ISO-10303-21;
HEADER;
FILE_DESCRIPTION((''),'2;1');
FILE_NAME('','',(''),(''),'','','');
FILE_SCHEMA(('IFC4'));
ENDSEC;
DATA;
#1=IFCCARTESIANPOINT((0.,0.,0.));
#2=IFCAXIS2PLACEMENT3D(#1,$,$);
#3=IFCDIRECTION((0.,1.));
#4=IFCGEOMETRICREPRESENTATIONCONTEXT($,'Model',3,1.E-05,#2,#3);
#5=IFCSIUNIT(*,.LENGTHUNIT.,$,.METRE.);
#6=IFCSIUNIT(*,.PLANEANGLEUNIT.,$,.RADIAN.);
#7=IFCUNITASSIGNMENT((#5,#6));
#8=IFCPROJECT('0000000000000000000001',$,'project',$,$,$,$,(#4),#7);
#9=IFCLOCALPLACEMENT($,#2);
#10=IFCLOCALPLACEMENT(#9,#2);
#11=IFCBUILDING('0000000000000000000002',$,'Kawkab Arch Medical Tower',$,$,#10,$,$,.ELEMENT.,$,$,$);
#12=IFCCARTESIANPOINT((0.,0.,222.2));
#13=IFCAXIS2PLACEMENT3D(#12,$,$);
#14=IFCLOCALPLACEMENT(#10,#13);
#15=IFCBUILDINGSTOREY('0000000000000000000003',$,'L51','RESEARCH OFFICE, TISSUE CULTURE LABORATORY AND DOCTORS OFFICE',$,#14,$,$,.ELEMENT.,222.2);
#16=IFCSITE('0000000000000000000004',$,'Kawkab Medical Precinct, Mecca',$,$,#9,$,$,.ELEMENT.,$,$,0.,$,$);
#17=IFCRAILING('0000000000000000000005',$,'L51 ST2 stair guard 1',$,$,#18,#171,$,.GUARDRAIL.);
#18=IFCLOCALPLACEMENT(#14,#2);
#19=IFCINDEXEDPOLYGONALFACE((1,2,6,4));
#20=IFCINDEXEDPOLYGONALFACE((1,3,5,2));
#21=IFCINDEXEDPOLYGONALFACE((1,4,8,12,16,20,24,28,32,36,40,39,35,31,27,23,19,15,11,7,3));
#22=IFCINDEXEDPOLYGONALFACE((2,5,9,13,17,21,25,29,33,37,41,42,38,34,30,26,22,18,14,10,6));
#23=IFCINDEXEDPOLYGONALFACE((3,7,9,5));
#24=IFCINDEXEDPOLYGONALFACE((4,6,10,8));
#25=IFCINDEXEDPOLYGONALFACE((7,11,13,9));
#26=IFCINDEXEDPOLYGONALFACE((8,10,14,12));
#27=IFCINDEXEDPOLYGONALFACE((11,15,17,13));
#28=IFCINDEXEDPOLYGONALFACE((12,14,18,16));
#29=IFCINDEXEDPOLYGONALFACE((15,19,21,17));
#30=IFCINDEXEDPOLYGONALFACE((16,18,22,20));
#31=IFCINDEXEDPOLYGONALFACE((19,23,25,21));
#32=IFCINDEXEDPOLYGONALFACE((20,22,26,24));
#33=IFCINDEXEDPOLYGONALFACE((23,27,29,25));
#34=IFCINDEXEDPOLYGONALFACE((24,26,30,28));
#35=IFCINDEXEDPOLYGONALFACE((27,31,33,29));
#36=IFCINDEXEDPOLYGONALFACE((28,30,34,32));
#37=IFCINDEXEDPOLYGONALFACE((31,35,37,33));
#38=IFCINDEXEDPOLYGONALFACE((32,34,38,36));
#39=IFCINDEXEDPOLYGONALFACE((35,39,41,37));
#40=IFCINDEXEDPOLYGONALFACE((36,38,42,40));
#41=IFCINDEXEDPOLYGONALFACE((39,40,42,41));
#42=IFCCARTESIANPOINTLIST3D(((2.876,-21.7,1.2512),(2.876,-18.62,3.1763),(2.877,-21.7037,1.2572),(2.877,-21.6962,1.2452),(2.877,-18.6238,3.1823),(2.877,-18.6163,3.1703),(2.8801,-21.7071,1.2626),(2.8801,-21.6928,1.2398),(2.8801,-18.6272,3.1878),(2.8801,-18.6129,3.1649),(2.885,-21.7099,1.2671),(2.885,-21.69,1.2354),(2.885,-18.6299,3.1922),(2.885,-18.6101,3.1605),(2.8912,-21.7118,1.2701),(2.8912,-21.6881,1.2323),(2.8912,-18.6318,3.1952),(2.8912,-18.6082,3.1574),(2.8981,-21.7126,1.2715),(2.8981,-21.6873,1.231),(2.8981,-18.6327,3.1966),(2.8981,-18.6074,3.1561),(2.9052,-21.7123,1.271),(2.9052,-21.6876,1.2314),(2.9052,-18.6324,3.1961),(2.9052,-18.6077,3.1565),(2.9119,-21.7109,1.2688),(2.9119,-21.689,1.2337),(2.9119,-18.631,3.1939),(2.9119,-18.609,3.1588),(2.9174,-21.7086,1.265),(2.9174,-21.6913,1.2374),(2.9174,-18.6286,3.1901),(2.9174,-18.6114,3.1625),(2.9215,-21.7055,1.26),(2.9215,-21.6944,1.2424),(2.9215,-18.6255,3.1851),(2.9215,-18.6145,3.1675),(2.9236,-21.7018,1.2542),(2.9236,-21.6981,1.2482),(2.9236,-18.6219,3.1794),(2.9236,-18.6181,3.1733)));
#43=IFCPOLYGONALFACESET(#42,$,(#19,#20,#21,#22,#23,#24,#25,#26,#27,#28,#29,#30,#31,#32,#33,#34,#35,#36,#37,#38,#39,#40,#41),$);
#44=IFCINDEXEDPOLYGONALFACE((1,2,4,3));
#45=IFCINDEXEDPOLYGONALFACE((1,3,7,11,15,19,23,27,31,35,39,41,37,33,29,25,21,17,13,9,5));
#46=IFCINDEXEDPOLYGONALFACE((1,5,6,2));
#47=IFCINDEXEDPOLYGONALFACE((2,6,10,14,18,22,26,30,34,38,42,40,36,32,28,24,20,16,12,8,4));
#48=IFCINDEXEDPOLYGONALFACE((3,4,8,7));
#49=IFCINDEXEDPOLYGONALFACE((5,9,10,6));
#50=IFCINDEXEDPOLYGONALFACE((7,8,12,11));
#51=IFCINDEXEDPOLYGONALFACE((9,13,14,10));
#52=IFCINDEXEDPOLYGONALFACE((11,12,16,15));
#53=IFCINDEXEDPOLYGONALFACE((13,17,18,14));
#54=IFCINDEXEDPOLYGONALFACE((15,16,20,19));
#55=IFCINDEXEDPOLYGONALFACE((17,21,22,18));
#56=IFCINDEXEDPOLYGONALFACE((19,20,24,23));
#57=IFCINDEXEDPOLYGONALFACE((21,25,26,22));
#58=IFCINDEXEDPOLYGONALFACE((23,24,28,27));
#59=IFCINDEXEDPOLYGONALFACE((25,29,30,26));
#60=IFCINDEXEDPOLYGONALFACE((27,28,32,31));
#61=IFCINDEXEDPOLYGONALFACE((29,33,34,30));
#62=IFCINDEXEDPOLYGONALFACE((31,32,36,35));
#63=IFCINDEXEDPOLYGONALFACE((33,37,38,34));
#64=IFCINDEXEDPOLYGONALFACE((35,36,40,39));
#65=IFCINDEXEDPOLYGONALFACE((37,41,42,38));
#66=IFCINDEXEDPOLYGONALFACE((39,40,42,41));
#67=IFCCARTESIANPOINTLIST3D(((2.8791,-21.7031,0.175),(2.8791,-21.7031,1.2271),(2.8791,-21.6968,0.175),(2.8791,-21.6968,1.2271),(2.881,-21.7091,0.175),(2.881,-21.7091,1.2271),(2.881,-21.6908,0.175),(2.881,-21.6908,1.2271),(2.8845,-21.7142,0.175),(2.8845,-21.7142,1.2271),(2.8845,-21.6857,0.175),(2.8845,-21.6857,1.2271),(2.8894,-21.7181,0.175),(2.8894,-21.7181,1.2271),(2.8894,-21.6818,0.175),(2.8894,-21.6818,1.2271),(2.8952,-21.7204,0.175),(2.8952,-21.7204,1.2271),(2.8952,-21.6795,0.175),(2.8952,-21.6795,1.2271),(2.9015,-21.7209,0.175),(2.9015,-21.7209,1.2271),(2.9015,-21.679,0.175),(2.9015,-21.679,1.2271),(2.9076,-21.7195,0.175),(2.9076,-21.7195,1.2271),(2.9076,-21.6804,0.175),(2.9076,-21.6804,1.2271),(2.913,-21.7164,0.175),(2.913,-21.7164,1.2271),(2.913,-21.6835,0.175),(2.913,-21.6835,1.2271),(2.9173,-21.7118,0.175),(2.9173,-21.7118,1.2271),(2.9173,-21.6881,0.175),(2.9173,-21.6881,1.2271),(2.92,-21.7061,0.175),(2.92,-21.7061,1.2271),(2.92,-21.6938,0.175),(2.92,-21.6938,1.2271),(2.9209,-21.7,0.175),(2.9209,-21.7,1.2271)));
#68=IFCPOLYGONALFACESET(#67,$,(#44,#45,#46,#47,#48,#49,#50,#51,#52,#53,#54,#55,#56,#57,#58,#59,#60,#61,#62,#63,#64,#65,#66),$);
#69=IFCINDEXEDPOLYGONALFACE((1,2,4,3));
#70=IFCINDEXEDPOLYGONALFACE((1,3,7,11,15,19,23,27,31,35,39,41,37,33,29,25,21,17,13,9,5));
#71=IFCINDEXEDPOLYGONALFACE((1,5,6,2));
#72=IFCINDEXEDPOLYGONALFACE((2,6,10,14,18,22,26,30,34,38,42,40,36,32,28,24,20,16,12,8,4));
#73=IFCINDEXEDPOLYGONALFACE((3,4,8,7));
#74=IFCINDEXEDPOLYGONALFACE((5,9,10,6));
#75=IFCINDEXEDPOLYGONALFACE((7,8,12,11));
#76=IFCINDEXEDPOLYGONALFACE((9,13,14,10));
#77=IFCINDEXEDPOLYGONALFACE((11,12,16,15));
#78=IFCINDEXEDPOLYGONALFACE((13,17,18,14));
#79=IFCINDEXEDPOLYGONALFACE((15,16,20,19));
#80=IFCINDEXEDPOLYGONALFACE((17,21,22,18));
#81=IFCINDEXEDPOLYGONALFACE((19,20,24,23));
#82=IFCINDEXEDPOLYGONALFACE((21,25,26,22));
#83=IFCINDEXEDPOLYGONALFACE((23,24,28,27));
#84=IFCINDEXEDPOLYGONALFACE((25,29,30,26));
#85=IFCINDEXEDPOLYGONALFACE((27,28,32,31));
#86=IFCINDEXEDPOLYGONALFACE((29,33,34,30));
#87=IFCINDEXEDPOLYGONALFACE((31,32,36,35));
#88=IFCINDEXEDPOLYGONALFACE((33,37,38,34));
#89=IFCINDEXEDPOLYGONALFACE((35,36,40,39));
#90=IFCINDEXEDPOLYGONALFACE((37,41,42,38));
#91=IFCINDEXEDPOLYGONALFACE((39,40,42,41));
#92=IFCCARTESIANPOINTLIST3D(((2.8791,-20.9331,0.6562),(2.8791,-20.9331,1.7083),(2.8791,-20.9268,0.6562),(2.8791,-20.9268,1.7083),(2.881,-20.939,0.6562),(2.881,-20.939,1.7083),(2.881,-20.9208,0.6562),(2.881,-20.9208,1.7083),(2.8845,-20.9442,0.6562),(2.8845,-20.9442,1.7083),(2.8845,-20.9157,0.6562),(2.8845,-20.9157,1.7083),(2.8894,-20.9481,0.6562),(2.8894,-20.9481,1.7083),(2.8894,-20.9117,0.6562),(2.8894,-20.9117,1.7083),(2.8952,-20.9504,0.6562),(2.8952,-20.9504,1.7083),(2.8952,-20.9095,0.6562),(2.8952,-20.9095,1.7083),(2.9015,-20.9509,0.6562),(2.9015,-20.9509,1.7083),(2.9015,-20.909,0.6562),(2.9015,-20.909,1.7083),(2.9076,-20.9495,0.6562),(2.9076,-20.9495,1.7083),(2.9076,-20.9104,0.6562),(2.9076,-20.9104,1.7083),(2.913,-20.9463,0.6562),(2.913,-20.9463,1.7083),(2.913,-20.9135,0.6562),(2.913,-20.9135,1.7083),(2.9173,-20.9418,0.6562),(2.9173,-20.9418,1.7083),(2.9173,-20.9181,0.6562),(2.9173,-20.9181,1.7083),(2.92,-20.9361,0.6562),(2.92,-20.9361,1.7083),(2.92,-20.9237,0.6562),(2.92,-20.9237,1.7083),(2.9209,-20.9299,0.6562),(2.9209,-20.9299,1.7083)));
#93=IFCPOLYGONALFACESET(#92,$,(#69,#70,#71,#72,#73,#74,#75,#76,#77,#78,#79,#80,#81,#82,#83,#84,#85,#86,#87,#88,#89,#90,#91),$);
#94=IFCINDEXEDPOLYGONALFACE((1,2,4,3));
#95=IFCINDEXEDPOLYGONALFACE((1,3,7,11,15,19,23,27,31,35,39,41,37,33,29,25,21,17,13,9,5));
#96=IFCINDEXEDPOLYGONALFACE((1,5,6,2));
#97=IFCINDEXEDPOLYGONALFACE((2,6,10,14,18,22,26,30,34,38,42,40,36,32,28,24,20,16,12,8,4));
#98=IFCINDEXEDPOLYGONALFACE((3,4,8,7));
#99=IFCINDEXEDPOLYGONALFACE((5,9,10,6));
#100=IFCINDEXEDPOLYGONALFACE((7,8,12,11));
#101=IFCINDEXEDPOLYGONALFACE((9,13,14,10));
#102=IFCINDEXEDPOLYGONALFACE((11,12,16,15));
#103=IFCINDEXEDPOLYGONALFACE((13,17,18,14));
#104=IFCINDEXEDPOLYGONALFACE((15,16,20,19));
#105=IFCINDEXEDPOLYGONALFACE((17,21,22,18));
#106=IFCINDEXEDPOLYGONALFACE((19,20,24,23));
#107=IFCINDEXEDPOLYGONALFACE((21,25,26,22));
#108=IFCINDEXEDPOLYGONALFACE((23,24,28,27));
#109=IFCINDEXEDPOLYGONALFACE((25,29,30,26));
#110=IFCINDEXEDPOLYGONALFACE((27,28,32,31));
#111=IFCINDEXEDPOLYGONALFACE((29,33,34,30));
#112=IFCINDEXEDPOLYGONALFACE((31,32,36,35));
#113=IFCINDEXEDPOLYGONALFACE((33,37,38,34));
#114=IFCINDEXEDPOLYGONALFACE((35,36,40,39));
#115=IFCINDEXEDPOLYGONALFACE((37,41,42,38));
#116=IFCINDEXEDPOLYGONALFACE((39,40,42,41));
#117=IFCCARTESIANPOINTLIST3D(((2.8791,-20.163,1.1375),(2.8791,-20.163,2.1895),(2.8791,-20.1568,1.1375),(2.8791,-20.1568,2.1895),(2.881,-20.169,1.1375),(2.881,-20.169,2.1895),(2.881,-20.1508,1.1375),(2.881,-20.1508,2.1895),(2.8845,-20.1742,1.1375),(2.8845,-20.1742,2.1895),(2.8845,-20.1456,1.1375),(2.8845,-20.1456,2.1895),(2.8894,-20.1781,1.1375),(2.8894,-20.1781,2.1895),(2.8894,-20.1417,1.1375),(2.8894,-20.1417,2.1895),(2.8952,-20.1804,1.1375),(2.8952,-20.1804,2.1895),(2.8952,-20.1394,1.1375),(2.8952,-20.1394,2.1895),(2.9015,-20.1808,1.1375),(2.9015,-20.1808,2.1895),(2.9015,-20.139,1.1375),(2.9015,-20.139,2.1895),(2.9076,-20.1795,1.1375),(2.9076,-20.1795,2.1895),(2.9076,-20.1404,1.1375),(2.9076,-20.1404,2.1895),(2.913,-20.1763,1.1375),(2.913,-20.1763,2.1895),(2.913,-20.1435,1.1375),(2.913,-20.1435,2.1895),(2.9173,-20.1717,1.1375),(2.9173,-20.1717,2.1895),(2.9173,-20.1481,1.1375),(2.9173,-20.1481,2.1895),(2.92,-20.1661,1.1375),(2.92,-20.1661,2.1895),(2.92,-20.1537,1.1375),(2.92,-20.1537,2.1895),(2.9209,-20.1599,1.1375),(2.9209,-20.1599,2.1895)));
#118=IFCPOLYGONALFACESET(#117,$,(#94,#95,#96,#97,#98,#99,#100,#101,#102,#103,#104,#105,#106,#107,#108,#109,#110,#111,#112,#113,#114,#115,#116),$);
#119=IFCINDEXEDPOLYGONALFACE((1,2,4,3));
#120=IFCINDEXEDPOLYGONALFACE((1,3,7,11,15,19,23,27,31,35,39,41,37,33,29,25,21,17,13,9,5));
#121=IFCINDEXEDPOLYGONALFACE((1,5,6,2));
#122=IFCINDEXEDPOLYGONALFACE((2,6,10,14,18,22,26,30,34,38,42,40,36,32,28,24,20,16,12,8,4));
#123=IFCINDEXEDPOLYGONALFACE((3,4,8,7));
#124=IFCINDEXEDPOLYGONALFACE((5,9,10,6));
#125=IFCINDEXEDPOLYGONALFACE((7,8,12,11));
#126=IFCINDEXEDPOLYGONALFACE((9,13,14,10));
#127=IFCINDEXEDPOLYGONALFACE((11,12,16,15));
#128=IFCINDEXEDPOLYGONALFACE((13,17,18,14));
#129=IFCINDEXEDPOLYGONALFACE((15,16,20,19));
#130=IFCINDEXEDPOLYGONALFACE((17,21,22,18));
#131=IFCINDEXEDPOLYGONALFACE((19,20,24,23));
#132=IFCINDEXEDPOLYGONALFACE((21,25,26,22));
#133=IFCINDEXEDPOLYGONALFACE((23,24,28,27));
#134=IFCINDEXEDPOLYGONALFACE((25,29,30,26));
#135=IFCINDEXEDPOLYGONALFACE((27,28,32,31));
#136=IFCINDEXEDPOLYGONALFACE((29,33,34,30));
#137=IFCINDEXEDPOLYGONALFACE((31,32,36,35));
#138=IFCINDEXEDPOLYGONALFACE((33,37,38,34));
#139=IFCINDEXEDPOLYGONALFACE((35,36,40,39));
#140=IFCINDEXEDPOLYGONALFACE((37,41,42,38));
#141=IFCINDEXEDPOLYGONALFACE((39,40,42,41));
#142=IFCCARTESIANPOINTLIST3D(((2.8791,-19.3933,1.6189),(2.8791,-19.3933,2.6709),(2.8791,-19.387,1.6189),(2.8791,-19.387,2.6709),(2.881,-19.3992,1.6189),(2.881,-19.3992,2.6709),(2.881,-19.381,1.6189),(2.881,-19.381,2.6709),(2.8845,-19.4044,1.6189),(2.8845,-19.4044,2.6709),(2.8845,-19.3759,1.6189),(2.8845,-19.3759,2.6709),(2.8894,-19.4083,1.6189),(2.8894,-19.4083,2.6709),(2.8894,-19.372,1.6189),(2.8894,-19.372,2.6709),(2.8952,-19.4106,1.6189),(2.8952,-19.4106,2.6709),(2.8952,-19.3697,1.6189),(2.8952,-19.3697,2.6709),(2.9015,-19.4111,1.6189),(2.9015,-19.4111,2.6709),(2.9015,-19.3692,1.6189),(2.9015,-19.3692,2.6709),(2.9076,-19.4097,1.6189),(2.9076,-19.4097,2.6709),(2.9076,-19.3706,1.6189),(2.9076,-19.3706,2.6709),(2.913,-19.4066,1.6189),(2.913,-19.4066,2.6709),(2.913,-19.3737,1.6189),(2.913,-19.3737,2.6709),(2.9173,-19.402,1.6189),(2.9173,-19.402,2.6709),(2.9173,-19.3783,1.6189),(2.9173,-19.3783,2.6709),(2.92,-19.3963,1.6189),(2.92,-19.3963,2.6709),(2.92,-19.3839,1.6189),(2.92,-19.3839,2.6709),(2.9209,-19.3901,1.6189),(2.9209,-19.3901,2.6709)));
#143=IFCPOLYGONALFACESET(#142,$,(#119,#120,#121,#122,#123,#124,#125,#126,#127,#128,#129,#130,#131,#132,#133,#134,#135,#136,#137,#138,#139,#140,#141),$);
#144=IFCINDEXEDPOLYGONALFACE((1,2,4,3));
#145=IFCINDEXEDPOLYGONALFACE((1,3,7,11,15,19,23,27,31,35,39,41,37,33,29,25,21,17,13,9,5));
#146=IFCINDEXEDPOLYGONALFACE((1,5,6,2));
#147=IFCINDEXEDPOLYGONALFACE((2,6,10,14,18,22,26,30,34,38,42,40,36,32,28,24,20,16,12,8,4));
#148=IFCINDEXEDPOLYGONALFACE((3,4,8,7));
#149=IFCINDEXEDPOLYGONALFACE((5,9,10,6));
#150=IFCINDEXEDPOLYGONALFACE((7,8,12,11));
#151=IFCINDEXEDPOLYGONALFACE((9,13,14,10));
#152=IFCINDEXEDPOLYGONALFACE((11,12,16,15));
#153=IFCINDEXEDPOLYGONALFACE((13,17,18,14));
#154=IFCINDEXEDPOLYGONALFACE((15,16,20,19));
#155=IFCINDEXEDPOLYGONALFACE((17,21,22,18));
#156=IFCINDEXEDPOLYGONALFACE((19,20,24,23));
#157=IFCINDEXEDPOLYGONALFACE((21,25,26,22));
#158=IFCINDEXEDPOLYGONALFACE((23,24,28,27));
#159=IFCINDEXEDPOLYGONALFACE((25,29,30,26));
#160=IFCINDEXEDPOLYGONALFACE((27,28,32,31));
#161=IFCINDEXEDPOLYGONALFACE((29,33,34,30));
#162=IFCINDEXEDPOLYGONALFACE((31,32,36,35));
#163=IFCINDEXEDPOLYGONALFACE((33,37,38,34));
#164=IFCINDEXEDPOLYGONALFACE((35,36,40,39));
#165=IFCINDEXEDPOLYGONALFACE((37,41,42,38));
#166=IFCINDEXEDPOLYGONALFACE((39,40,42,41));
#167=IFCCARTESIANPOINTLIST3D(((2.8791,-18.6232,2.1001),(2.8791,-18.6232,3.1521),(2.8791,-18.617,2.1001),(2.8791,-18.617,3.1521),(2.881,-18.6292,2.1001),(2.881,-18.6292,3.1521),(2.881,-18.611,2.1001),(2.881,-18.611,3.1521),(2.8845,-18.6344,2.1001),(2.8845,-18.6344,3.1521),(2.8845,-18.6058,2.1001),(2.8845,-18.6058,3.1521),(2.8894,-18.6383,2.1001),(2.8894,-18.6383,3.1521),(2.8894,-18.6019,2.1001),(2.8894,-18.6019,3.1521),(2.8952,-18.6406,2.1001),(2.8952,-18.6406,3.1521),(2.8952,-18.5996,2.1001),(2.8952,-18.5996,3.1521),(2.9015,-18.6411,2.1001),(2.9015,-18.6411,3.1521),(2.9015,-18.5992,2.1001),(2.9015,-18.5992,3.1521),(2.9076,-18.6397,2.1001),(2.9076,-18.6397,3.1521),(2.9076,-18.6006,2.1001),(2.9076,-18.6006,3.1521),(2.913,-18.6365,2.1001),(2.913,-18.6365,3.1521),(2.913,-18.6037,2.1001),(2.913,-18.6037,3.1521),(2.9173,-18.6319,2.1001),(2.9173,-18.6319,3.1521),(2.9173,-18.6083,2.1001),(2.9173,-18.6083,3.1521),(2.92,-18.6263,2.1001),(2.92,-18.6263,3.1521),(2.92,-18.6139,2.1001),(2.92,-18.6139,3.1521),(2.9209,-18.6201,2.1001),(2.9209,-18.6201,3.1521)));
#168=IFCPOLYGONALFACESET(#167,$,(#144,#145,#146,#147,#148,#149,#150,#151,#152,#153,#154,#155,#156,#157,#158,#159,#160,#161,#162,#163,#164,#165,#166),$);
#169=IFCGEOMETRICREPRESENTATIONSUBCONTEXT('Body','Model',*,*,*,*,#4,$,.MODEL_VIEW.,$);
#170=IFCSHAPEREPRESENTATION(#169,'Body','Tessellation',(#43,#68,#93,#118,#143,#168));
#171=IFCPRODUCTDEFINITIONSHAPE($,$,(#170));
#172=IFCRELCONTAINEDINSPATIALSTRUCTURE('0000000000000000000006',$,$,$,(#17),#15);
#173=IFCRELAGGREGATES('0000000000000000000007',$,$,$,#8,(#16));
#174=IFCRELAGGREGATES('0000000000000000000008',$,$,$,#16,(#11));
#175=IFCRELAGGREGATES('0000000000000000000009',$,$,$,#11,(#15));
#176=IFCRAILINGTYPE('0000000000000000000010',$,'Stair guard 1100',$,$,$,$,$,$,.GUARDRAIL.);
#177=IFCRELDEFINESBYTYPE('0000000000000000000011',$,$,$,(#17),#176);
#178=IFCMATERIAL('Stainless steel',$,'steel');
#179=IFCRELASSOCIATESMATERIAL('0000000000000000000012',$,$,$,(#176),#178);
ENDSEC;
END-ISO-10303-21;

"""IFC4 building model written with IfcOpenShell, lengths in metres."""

from ifc_helpers import new_model, si_unit, direction, frame, origin, origin_2d, place, context, subcontext, project, spatial, circle, extrude, material, type_object, element, save


model = new_model("IFC4")

# Units and contexts
model_context = context("Model", 3, precision=1e-05, world=origin(), true_north=direction((0.0, 1.0)))
body_context = subcontext(model_context, "Body", "Model", "MODEL_VIEW")
ifc_project = project(units=[si_unit("LENGTHUNIT", "METRE"), si_unit("PLANEANGLEUNIT", "RADIAN")], contexts=[model_context])

# Site, building, storey
site_placement = place(None, origin())
site = spatial("IfcSite", under=ifc_project, at=site_placement, Name="Kawkab Medical Precinct, Mecca", CompositionType="ELEMENT", RefElevation=0.0)
building_placement = place(site_placement, origin())
building = spatial("IfcBuilding", under=site, at=building_placement, Name="Kawkab Arch Medical Tower", CompositionType="ELEMENT")
storey_placement = place(building_placement, frame((0.0, 0.0, 222.2)))
storey = spatial("IfcBuildingStorey", under=building, at=storey_placement, Name="L51", Description="RESEARCH OFFICE, TISSUE CULTURE LABORATORY AND DOCTORS OFFICE", CompositionType="ELEMENT", Elevation=222.2)

# Railing
ifc_material_1 = material(Name="Stainless steel", Category="steel")
railing_type = type_object("IfcRailingType", Name="Stair guard 1100", PredefinedType="GUARDRAIL", material=ifc_material_1)
railing_1_placement = place(storey_placement, frame((2.8999, -21.7, 0.175)))
element("IfcRailing", 1, at=railing_1_placement, inside=storey, type_object=railing_type, Name="L51 ST2 stair guard 1", PredefinedType="GUARDRAIL", context=body_context, shape_type="SweptSolid", body=[
    extrude(circle(Radius=0.0239, at=origin_2d()), frame((0.0, 0.0, 1.0762), z_axis=(0.0, 0.847979, 0.530029), x_axis=(-1.0, 0.0, 0.0)), (0.0, 0.0, 1.0), 3.6321),
    extrude(circle(Radius=0.021, at=origin_2d()), origin(), (0.0, 0.0, 1.0), 1.052),
    extrude(circle(Radius=0.021, at=origin_2d()), frame((0.0, 0.77, 0.4812)), (0.0, 0.0, 1.0), 1.052),
    extrude(circle(Radius=0.021, at=origin_2d()), frame((0.0, 1.54, 0.9624)), (0.0, 0.0, 1.0), 1.052),
    extrude(circle(Radius=0.021, at=origin_2d()), frame((0.0, 2.3098, 1.4438)), (0.0, 0.0, 1.0), 1.052),
    extrude(circle(Radius=0.021, at=origin_2d()), frame((0.0, 3.0798, 1.925)), (0.0, 0.0, 1.0), 1.052),
])

save(model, "model.ifc")
